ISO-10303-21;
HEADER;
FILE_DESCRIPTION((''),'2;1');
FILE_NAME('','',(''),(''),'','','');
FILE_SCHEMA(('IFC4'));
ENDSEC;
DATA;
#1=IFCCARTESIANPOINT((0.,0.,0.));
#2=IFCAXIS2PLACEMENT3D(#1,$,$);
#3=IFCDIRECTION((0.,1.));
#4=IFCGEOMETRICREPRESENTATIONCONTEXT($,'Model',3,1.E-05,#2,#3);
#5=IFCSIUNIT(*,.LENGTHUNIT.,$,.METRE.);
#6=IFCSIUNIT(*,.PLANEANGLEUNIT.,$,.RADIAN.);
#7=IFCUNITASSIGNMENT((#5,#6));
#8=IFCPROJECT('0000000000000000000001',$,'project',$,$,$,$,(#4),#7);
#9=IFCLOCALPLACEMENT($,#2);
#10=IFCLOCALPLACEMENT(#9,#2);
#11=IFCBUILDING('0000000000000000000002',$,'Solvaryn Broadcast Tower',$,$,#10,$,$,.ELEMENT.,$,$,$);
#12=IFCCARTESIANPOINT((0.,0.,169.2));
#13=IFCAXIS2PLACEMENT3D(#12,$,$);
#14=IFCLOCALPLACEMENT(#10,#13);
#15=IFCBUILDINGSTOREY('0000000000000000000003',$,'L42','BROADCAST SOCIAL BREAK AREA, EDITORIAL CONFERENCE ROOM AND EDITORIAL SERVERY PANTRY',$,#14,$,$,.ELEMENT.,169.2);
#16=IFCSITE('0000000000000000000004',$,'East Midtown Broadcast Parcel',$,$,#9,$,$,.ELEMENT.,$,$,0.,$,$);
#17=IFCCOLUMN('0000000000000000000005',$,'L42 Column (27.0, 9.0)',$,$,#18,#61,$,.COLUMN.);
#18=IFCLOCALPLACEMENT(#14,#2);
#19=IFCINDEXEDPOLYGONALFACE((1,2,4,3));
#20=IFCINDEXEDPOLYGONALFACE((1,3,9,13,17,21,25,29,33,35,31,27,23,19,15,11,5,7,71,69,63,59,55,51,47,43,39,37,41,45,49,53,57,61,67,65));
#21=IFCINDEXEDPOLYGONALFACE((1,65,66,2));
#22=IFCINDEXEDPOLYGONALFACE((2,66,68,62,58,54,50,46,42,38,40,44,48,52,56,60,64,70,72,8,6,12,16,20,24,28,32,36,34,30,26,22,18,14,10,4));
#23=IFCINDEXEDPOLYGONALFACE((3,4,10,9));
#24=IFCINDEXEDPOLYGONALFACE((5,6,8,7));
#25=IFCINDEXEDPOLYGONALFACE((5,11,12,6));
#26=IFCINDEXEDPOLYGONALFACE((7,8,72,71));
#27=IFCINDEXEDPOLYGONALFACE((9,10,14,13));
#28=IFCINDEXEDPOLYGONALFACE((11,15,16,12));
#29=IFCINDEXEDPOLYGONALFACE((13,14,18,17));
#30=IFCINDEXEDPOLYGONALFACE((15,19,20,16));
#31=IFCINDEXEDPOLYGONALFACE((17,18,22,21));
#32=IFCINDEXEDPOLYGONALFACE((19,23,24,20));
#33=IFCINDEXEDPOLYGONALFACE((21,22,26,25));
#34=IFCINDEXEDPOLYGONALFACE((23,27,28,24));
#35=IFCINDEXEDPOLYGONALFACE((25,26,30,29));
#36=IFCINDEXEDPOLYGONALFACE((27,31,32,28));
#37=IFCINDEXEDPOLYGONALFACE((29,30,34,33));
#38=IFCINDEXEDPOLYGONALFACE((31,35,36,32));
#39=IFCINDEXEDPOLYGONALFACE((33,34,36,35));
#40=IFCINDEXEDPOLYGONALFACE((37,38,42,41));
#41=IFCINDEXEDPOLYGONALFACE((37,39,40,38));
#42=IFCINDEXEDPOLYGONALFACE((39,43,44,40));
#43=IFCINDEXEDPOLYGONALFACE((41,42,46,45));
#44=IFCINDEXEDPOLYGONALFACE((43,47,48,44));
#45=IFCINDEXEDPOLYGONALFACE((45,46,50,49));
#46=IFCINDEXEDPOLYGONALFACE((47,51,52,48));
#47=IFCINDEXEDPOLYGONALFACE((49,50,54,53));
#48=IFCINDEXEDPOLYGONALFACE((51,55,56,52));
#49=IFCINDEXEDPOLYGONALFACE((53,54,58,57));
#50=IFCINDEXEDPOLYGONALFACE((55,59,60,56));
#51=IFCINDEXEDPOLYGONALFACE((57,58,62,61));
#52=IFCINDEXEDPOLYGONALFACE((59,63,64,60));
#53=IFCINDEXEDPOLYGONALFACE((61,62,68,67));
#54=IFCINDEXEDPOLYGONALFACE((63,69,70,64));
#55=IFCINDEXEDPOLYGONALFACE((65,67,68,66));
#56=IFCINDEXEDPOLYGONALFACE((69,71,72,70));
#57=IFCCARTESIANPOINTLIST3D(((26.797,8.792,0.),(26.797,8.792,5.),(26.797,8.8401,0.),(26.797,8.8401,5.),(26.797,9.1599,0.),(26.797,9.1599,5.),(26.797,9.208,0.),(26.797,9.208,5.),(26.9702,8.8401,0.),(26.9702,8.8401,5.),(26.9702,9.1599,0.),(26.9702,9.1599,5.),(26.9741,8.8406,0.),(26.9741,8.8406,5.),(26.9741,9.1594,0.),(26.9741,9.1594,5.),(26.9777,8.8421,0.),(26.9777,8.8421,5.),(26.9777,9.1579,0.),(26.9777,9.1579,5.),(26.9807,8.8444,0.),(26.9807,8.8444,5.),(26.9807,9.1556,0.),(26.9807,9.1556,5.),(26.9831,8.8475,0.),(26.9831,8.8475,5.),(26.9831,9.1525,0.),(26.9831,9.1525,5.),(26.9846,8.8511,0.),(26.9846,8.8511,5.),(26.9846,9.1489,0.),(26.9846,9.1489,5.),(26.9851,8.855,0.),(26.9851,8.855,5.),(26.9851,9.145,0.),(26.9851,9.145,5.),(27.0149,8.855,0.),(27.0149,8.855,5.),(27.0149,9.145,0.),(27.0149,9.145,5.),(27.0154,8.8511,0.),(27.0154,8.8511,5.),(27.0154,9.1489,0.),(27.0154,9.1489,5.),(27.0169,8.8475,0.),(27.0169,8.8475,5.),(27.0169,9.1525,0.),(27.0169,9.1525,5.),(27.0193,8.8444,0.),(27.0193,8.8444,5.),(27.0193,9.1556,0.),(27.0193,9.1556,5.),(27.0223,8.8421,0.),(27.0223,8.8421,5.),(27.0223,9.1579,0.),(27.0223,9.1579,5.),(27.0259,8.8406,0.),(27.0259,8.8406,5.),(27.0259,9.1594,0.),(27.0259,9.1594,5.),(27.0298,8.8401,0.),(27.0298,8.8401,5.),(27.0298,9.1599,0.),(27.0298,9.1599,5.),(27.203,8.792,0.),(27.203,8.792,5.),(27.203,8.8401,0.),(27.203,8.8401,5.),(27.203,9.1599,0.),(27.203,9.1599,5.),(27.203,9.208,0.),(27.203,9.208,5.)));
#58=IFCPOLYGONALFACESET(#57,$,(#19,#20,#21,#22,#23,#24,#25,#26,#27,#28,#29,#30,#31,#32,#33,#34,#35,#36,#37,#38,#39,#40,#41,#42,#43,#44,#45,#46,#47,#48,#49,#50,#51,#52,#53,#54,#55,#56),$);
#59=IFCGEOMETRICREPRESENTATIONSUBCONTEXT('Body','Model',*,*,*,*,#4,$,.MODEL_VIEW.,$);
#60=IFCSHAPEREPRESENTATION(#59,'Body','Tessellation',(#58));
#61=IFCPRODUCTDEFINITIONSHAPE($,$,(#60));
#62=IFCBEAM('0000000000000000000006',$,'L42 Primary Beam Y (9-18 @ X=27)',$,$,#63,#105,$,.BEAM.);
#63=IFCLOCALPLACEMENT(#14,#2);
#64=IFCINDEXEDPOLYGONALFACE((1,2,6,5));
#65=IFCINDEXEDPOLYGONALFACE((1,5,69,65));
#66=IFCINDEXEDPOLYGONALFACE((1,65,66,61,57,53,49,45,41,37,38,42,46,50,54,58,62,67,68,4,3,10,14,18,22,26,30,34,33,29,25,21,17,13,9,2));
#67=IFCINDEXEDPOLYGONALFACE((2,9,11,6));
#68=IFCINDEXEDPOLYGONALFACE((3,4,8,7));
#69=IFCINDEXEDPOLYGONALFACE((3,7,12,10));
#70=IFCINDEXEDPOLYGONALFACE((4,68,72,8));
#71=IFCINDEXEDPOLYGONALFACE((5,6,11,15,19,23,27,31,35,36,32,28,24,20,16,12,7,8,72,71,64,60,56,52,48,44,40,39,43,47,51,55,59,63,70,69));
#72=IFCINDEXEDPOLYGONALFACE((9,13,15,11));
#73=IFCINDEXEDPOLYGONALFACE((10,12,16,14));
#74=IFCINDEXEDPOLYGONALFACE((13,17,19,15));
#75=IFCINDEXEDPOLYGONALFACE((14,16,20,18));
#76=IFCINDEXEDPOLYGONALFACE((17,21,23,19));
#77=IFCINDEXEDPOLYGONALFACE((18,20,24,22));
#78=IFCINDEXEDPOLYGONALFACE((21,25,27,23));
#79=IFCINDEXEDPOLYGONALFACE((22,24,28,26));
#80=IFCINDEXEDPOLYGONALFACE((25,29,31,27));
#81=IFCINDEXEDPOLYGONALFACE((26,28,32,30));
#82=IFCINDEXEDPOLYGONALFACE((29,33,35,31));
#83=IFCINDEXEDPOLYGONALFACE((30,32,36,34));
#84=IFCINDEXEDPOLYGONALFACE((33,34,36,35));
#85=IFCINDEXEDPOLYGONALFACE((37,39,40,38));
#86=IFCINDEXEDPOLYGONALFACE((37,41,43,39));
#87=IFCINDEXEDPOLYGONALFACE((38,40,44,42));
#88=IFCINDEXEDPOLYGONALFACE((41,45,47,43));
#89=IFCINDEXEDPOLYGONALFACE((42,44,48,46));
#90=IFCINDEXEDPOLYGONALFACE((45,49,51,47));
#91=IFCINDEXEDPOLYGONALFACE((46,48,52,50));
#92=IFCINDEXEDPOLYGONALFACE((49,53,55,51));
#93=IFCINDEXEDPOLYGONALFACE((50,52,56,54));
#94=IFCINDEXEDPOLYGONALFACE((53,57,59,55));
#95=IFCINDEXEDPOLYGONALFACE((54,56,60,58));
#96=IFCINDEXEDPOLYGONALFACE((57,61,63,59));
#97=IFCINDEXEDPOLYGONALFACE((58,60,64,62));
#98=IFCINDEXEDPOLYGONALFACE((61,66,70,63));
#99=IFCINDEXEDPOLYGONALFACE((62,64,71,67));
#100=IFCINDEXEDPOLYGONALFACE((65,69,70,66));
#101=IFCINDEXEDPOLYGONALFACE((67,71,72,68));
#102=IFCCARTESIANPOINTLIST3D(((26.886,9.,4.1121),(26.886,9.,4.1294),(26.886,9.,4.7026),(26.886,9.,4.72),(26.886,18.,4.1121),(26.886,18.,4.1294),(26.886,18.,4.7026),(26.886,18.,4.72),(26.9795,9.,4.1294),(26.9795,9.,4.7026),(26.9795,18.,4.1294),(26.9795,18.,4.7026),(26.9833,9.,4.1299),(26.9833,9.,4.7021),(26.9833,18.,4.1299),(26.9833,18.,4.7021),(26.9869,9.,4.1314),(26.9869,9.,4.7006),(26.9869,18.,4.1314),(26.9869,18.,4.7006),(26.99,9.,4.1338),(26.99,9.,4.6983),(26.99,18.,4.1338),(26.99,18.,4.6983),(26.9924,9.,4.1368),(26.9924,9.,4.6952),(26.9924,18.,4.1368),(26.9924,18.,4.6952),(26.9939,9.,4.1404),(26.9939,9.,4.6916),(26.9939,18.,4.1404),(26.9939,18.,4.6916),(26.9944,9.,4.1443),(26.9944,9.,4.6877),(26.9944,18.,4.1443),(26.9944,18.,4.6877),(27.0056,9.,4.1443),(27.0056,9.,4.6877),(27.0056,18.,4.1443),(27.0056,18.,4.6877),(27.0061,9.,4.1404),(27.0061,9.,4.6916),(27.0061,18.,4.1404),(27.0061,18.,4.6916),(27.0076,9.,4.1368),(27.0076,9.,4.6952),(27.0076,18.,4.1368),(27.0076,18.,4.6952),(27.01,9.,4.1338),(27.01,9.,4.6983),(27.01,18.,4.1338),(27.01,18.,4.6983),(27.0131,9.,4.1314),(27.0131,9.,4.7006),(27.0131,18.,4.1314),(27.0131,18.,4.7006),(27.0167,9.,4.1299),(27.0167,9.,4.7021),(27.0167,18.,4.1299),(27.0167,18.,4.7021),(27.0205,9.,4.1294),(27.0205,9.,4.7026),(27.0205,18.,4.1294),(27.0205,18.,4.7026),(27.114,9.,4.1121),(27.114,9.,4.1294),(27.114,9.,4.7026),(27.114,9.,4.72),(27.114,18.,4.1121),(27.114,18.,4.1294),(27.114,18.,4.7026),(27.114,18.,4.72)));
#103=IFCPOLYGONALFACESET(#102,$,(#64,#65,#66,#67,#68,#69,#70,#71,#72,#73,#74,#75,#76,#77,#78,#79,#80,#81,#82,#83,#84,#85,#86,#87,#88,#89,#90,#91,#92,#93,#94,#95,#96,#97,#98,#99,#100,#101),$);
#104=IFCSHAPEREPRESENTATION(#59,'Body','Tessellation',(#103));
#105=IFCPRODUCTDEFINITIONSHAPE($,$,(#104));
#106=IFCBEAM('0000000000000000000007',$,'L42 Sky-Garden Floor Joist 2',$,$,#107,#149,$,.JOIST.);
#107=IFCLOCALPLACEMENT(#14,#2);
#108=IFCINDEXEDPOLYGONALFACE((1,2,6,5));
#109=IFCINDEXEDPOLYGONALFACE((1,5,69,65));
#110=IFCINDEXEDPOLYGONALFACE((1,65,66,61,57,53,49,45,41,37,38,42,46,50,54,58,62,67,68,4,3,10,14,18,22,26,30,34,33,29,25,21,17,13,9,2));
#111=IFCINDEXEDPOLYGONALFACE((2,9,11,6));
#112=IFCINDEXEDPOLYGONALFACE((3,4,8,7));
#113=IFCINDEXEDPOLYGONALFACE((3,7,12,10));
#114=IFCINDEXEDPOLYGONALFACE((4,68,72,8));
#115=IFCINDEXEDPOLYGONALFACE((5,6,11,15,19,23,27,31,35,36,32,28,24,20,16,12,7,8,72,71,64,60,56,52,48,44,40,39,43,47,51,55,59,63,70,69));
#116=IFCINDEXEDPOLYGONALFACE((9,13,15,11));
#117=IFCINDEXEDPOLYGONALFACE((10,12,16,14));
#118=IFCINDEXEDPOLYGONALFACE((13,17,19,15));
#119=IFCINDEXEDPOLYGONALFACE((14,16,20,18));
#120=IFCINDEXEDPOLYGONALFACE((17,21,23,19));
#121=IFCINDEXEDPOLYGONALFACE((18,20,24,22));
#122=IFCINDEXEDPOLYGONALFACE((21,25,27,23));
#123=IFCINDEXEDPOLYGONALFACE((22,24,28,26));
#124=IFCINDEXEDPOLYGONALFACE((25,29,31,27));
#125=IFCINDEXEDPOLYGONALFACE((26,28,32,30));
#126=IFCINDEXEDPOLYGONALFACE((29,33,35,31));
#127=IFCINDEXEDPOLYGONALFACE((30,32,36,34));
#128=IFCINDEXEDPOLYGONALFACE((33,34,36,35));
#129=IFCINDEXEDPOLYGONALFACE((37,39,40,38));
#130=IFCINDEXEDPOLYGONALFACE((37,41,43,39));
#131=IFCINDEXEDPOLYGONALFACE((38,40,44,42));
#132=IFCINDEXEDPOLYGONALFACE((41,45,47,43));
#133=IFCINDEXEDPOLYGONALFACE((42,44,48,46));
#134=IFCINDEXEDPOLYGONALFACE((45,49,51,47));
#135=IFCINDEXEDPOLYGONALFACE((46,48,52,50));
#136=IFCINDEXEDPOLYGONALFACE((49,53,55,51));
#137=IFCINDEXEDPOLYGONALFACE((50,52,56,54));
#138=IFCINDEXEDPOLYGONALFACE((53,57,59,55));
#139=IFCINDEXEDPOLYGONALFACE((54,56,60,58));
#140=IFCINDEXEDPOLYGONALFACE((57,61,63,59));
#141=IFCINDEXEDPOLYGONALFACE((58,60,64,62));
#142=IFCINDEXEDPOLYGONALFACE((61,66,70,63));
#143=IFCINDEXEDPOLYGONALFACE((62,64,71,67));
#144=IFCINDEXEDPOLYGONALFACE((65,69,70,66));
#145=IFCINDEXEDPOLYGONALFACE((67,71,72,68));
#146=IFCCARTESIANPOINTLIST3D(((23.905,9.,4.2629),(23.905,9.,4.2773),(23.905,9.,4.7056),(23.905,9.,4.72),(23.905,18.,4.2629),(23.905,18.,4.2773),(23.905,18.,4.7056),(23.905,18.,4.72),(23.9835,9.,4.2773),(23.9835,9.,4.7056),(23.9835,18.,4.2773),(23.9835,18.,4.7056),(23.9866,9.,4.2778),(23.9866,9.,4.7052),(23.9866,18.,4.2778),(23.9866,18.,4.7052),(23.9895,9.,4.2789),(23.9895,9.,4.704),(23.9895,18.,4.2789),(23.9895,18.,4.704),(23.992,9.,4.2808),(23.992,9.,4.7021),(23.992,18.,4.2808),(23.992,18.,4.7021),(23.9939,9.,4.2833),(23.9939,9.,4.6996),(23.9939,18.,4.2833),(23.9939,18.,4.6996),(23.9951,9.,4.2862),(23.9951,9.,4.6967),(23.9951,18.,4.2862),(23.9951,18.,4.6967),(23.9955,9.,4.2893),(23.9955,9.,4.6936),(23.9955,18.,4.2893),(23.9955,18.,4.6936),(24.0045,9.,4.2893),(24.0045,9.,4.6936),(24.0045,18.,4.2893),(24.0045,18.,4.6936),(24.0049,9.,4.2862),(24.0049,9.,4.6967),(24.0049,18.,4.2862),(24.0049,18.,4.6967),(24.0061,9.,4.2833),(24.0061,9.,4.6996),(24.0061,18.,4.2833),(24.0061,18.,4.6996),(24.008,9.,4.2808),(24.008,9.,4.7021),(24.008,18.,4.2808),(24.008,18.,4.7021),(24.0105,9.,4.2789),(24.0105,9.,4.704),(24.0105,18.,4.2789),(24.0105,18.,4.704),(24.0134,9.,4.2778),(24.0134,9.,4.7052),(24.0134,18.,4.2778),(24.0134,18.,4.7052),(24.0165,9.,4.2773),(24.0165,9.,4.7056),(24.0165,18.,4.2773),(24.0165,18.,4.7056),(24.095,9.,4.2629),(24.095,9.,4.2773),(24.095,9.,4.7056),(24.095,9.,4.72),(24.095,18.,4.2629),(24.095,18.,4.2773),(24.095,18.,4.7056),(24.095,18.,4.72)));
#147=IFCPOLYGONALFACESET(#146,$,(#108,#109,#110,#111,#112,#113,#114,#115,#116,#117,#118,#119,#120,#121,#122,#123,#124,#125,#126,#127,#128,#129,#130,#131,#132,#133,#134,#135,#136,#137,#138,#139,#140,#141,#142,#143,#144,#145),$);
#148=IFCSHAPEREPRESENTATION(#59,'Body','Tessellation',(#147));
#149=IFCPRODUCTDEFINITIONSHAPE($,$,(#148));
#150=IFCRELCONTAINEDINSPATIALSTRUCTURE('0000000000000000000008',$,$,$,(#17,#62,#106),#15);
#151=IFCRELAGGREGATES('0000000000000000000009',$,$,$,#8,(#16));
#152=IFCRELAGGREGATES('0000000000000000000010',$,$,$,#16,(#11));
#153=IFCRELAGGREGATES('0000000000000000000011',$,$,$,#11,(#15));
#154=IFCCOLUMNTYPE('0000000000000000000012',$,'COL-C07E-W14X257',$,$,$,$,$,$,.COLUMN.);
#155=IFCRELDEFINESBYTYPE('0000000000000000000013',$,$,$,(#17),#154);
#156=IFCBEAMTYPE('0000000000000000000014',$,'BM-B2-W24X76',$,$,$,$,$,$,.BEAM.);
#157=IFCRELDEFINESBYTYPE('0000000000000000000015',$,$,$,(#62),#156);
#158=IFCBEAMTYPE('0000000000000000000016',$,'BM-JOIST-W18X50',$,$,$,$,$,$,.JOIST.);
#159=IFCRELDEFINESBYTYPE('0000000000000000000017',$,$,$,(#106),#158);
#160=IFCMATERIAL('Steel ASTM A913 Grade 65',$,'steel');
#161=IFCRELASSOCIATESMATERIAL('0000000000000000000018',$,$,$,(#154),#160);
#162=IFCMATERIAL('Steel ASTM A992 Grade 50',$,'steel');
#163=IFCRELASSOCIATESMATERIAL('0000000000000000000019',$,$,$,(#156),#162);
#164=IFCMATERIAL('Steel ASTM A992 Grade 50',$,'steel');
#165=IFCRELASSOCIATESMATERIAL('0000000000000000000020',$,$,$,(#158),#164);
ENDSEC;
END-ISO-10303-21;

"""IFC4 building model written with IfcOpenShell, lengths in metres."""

from ifc_helpers import new_model, si_unit, direction, frame, origin, origin_2d, place, context, subcontext, project, spatial, i_section, extrude, material, material_profile, profile_set, type_object, element, save


model = new_model("IFC4")

# Units and contexts
model_context = context("Model", 3, precision=1e-05, world=origin(), true_north=direction((0.0, 1.0)))
body_context = subcontext(model_context, "Body", "Model", "MODEL_VIEW")
ifc_project = project(units=[si_unit("LENGTHUNIT", "METRE"), si_unit("PLANEANGLEUNIT", "RADIAN")], contexts=[model_context])

# Site, building, storey
site_placement = place(None, origin())
site = spatial("IfcSite", under=ifc_project, at=site_placement, Name="East Midtown Broadcast Parcel", CompositionType="ELEMENT", RefElevation=0.0)
building_placement = place(site_placement, origin())
building = spatial("IfcBuilding", under=site, at=building_placement, Name="Solvaryn Broadcast Tower", CompositionType="ELEMENT")
storey_placement = place(building_placement, frame((0.0, 0.0, 169.2)))
storey = spatial("IfcBuildingStorey", under=building, at=storey_placement, Name="L42", Description="BROADCAST SOCIAL BREAK AREA, EDITORIAL CONFERENCE ROOM AND EDITORIAL SERVERY PANTRY", CompositionType="ELEMENT", Elevation=169.2)

# Column
ifc_material_1 = material(Name="Steel ASTM A913 Grade 65", Category="steel")
ifc_material_profile_1 = material_profile(ifc_material_1, i_section(OverallWidth=0.406, OverallDepth=0.416, WebThickness=0.0298, FlangeThickness=0.0481, FilletRadius=0.0149, at=origin_2d()))
ifc_profile_set_1 = profile_set([ifc_material_profile_1], Name="Steel ASTM A913 Grade 65")
column_type = type_object("IfcColumnType", Name="COL-C07E-W14X257", PredefinedType="COLUMN", material=ifc_profile_set_1)
column_placement = place(storey_placement, frame((27.0, 9.0, 0.0), z_axis=(0.0, 0.0, 1.0), x_axis=(1.0, 0.0, 0.0)))
element("IfcColumn", 1, at=column_placement, inside=storey, type_object=column_type, Name="L42 Column (27.0, 9.0)", PredefinedType="COLUMN", context=body_context, shape_type="SweptSolid", body=[
    extrude(i_section(OverallWidth=0.406, OverallDepth=0.416, WebThickness=0.0298, FlangeThickness=0.0481, FilletRadius=0.0149, at=origin_2d()), origin(), (0.0, 0.0, 1.0), 5.0),
])

# Beams
ifc_material_2 = material(Name="Steel ASTM A992 Grade 50", Category="steel")
ifc_material_profile_2 = material_profile(ifc_material_2, i_section(OverallWidth=0.228, OverallDepth=0.6079, WebThickness=0.0112, FlangeThickness=0.0173, FilletRadius=0.0149, at=origin_2d()))
ifc_profile_set_2 = profile_set([ifc_material_profile_2], Name="Steel ASTM A992 Grade 50")
beam_type_1 = type_object("IfcBeamType", Name="BM-B2-W24X76", PredefinedType="BEAM", material=ifc_profile_set_2)
beam_1_placement = place(storey_placement, frame((27.0, 9.0, 4.416), z_axis=(0.0, 1.0, 0.0), x_axis=(-1.0, 0.0, 0.0)))
element("IfcBeam", 2, at=beam_1_placement, inside=storey, type_object=beam_type_1, Name="L42 Primary Beam Y (9-18 @ X=27)", PredefinedType="BEAM", context=body_context, shape_type="SweptSolid", body=[
    extrude(i_section(OverallWidth=0.228, OverallDepth=0.6079, WebThickness=0.0112, FlangeThickness=0.0173, FilletRadius=0.0149, at=origin_2d()), origin(), (0.0, 0.0, 1.0), 9.0),
])
ifc_material_3 = material(Name="Steel ASTM A992 Grade 50", Category="steel")
ifc_material_profile_3 = material_profile(ifc_material_3, i_section(OverallWidth=0.1899, OverallDepth=0.457, WebThickness=0.009, FlangeThickness=0.0144, FilletRadius=0.012, at=origin_2d()))
ifc_profile_set_3 = profile_set([ifc_material_profile_3], Name="Steel ASTM A992 Grade 50")
beam_type_2 = type_object("IfcBeamType", Name="BM-JOIST-W18X50", PredefinedType="JOIST", material=ifc_profile_set_3)
beam_2_placement = place(storey_placement, frame((24.0, 9.0, 4.4915), z_axis=(0.0, 1.0, 0.0), x_axis=(-1.0, 0.0, 0.0)))
element("IfcBeam", 3, at=beam_2_placement, inside=storey, type_object=beam_type_2, Name="L42 Sky-Garden Floor Joist 2", PredefinedType="JOIST", context=body_context, shape_type="SweptSolid", body=[
    extrude(i_section(OverallWidth=0.1899, OverallDepth=0.457, WebThickness=0.009, FlangeThickness=0.0144, FilletRadius=0.012, at=origin_2d()), origin(), (0.0, 0.0, 1.0), 9.0),
])

save(model, "model.ifc")
